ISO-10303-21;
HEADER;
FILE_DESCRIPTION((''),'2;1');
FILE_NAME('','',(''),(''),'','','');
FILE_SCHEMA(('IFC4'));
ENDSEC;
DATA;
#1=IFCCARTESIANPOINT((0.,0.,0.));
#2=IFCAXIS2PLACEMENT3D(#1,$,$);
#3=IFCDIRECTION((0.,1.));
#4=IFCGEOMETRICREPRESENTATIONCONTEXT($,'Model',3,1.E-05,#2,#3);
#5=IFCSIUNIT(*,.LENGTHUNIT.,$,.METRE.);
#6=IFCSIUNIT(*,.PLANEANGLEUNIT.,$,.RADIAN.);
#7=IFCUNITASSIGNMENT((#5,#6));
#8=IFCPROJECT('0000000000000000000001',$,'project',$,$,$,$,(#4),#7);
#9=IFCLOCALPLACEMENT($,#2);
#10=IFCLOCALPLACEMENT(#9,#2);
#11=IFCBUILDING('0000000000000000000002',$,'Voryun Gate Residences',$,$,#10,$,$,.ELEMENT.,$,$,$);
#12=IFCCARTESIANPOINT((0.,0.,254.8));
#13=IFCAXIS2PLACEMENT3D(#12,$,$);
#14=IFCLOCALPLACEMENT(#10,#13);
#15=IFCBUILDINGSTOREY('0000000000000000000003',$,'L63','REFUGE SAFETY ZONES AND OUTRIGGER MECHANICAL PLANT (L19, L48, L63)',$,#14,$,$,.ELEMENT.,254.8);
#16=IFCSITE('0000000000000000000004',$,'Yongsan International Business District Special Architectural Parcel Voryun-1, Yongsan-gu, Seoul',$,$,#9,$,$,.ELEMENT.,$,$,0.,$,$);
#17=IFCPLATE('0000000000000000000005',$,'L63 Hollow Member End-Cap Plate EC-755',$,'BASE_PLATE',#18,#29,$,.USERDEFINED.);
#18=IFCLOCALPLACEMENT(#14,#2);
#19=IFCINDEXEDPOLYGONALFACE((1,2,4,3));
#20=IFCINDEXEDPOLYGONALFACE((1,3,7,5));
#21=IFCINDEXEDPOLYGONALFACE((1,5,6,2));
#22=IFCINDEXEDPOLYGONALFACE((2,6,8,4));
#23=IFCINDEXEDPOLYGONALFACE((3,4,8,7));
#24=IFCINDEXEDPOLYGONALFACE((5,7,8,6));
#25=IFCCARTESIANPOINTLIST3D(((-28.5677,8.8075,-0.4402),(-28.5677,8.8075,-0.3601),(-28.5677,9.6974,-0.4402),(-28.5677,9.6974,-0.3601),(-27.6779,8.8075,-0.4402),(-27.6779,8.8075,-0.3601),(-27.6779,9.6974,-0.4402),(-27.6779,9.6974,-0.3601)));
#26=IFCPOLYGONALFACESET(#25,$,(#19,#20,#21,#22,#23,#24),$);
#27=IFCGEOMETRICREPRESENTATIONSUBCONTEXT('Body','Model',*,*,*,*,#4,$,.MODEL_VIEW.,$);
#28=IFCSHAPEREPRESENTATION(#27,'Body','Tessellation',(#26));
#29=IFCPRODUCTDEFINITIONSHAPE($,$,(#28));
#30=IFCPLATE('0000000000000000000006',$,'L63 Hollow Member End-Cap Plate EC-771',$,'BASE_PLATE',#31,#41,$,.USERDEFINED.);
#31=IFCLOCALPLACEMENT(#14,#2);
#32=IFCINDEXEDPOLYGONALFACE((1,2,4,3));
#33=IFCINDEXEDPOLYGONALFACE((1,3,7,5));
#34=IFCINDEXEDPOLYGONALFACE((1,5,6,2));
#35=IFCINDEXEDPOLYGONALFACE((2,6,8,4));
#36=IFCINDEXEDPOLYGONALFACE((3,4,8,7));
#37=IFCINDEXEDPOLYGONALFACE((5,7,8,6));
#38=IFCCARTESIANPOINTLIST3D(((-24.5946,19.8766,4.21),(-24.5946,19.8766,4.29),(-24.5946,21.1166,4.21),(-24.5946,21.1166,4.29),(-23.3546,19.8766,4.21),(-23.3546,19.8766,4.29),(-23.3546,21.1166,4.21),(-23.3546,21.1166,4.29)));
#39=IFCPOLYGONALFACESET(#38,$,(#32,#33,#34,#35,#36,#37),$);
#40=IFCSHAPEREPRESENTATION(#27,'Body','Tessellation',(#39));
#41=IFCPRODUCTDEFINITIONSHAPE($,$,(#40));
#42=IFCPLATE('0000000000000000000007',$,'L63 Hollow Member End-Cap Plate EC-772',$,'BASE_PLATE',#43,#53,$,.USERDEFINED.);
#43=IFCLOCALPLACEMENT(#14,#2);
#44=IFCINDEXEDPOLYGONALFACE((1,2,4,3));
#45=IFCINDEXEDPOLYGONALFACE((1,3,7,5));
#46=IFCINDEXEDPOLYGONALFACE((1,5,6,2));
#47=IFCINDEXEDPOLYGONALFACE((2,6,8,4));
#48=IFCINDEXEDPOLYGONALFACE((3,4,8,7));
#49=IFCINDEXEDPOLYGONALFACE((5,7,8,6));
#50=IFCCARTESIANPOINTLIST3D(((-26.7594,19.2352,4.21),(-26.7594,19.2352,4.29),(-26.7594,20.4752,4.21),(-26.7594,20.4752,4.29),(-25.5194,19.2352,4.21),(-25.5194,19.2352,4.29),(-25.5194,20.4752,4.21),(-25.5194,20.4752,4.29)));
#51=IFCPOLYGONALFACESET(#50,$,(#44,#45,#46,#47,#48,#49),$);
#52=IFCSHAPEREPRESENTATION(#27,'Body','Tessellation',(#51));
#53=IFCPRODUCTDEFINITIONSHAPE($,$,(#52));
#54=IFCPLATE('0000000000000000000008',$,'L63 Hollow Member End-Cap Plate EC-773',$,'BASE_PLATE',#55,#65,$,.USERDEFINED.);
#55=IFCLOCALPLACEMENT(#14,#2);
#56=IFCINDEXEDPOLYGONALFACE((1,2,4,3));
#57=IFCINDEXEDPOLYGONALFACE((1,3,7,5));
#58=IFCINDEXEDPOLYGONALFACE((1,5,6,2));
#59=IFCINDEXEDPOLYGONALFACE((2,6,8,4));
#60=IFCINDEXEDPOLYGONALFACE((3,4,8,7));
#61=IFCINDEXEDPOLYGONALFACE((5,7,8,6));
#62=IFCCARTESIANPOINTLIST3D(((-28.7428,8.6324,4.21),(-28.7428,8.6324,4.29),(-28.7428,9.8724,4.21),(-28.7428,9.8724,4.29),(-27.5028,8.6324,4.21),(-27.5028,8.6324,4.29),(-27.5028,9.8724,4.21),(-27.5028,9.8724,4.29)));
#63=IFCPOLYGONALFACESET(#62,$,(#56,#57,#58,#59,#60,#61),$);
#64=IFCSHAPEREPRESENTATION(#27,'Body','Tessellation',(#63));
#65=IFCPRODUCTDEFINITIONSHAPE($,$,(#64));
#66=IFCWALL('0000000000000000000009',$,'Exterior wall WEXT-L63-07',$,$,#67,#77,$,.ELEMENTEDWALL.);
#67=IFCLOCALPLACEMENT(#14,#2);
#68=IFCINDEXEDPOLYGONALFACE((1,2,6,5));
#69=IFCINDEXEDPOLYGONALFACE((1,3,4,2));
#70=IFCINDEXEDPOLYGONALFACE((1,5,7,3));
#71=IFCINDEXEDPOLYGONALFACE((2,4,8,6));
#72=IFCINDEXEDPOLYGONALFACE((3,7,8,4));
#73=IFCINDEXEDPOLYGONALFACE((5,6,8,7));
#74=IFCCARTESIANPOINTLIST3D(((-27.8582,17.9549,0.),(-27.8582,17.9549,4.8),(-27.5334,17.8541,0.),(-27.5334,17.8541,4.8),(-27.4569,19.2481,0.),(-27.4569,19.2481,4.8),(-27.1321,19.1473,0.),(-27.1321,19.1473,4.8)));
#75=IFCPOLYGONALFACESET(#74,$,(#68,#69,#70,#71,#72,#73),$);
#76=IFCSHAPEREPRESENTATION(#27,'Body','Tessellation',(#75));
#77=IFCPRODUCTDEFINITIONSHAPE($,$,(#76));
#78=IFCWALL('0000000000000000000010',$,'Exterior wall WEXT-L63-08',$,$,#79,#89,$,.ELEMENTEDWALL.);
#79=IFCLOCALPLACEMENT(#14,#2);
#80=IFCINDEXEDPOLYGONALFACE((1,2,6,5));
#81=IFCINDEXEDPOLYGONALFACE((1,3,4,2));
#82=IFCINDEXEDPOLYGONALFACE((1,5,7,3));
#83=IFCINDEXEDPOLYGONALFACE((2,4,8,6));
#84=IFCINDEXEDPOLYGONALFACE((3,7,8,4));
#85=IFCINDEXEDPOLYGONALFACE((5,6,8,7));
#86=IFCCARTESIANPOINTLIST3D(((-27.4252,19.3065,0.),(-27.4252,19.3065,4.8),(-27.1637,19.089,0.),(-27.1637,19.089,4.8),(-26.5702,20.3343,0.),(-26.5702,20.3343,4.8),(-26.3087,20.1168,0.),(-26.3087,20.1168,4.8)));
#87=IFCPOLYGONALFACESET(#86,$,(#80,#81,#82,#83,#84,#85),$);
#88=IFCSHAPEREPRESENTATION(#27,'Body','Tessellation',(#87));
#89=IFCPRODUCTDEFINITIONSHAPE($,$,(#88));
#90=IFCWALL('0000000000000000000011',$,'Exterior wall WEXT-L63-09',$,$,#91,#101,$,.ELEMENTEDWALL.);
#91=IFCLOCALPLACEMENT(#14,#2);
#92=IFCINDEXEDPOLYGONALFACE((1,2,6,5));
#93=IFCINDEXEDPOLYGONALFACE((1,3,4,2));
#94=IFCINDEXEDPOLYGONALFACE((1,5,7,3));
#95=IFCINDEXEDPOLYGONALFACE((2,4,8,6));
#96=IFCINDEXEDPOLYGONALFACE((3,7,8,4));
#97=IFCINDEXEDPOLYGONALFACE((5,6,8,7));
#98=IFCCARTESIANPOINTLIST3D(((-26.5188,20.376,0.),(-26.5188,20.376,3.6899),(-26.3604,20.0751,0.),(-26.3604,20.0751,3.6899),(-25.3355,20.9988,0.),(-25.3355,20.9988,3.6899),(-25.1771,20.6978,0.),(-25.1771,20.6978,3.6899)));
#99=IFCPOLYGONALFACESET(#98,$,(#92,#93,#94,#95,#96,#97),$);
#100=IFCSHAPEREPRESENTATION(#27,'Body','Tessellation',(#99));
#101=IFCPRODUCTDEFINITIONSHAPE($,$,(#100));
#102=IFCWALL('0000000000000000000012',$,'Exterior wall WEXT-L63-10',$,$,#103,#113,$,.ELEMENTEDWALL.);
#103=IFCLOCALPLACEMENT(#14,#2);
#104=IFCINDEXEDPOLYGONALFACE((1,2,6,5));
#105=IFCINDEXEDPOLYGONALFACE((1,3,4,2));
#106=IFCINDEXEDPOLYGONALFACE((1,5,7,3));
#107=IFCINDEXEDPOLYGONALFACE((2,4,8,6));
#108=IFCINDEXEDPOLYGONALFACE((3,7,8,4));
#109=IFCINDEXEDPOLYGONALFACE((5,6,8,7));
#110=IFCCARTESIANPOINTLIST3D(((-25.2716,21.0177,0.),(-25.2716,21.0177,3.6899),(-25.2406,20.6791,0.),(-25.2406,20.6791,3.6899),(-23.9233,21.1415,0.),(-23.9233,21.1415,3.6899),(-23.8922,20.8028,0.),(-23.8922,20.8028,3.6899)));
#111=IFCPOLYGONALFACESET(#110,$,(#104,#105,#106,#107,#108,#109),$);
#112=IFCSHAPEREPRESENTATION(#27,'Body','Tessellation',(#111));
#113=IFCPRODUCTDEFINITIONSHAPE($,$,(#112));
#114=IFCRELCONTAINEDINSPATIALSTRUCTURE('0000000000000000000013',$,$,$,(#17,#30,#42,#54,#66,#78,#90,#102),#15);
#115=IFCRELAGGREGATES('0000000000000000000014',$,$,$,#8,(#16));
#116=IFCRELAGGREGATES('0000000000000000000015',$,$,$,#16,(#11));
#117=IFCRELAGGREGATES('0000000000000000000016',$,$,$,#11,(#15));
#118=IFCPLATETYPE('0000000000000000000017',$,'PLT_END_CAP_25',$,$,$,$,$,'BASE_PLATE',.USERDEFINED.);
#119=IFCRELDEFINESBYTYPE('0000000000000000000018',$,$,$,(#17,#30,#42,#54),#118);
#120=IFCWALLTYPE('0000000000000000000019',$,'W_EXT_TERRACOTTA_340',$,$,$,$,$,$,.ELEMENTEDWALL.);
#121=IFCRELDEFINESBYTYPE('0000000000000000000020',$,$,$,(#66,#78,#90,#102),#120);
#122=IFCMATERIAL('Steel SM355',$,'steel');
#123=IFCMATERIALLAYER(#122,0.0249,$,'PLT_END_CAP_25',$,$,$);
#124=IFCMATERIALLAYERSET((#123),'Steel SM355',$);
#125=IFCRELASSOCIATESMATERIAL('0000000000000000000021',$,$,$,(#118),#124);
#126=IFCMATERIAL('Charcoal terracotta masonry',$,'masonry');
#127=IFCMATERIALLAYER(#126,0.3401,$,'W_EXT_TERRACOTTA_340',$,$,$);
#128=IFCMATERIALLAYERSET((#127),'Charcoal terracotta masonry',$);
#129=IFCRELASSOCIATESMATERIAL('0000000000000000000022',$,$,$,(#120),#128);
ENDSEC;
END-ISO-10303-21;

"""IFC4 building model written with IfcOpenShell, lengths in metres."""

from ifc_helpers import new_model, si_unit, direction, frame, frame_2d, origin, origin_2d, place, context, subcontext, project, spatial, rectangle, extrude, material, layer, layer_set, type_object, element, save


model = new_model("IFC4")

# Units and contexts
model_context = context("Model", 3, precision=1e-05, world=origin(), true_north=direction((0.0, 1.0)))
body_context = subcontext(model_context, "Body", "Model", "MODEL_VIEW")
ifc_project = project(units=[si_unit("LENGTHUNIT", "METRE"), si_unit("PLANEANGLEUNIT", "RADIAN")], contexts=[model_context])

# Site, building, storey
site_placement = place(None, origin())
site = spatial("IfcSite", under=ifc_project, at=site_placement, Name="Yongsan International Business District Special Architectural Parcel Voryun-1, Yongsan-gu, Seoul", CompositionType="ELEMENT", RefElevation=0.0)
building_placement = place(site_placement, origin())
building = spatial("IfcBuilding", under=site, at=building_placement, Name="Voryun Gate Residences", CompositionType="ELEMENT")
storey_placement = place(building_placement, frame((0.0, 0.0, 254.8)))
storey = spatial("IfcBuildingStorey", under=building, at=storey_placement, Name="L63", Description="REFUGE SAFETY ZONES AND OUTRIGGER MECHANICAL PLANT (L19, L48, L63)", CompositionType="ELEMENT", Elevation=254.8)

# Plates
ifc_material_1 = material(Name="Steel SM355", Category="steel")
ifc_layer_1 = layer(ifc_material_1, 0.0249, Name="PLT_END_CAP_25")
ifc_layer_set_1 = layer_set([ifc_layer_1], Name="Steel SM355")
plate_type = type_object("IfcPlateType", Name="PLT_END_CAP_25", ElementType="BASE_PLATE", PredefinedType="USERDEFINED", material=ifc_layer_set_1)
plate_1_placement = place(storey_placement, frame((-28.1228, 9.2524, -0.4402), z_axis=(0.0, 0.0, 1.0), x_axis=(1.0, 0.0, 0.0)))
element("IfcPlate", 1, at=plate_1_placement, inside=storey, type_object=plate_type, Name="L63 Hollow Member End-Cap Plate EC-755", ObjectType="BASE_PLATE", PredefinedType="USERDEFINED", context=body_context, shape_type="SweptSolid", body=[
    extrude(rectangle(XDim=0.8899, YDim=0.8899, at=origin_2d()), origin(), (0.0, 0.0, 1.0), 0.0801),
])
for number, where, z_axis, x_axis, name in (
    (2, (-23.9746, 20.4966, 4.21), (0.0, 0.0, 1.0), (1.0, 0.0, 0.0), "L63 Hollow Member End-Cap Plate EC-771"),
    (3, (-26.1394, 19.8552, 4.21), (0.0, 0.0, 1.0), (1.0, 0.0, 0.0), "L63 Hollow Member End-Cap Plate EC-772"),
    (4, (-28.1228, 9.2524, 4.21), (0.0, 0.0, 1.0), (1.0, 0.0, 0.0), "L63 Hollow Member End-Cap Plate EC-773"),
):
    element("IfcPlate", number, at=place(storey_placement, frame(where, z_axis=z_axis, x_axis=x_axis)), inside=storey, type_object=plate_type, Name=name, ObjectType="BASE_PLATE", PredefinedType="USERDEFINED", context=body_context, shape_type="SweptSolid", body=[
        extrude(rectangle(XDim=1.24, YDim=1.24, at=origin_2d()), origin(), (0.0, 0.0, 1.0), 0.0801),
    ])

# Walls
ifc_material_2 = material(Name="Charcoal terracotta masonry", Category="masonry")
ifc_layer_2 = layer(ifc_material_2, 0.3401, Name="W_EXT_TERRACOTTA_340")
ifc_layer_set_2 = layer_set([ifc_layer_2], Name="Charcoal terracotta masonry")
wall_type_1 = type_object("IfcWallType", Name="W_EXT_TERRACOTTA_340", PredefinedType="ELEMENTEDWALL", material=ifc_layer_set_2)
wall_1_placement = place(storey_placement, frame((-27.6958, 17.9045, 0.0), z_axis=(0.0, 0.0, 1.0), x_axis=(0.296416, 0.955059, 0.0)))
element("IfcWall", 5, at=wall_1_placement, inside=storey, type_object=wall_type_1, Name="Exterior wall WEXT-L63-07", PredefinedType="ELEMENTEDWALL", context=body_context, shape_type="SweptSolid", body=[
    extrude(rectangle(XDim=1.354, YDim=0.3401, at=frame_2d((0.677, 0.0))), origin(), (0.0, 0.0, 1.0), 4.8),
])
wall_2_placement = place(storey_placement, frame((-27.2944, 19.1978, 0.0), z_axis=(0.0, 0.0, 1.0), x_axis=(0.639502, 0.76879, 0.0)))
element("IfcWall", 6, at=wall_2_placement, inside=storey, type_object=wall_type_1, Name="Exterior wall WEXT-L63-08", PredefinedType="ELEMENTEDWALL", context=body_context, shape_type="SweptSolid", body=[
    extrude(rectangle(XDim=1.3369, YDim=0.3401, at=frame_2d((0.6685, 0.0))), origin(), (0.0, 0.0, 1.0), 4.8),
])
wall_3_placement = place(storey_placement, frame((-26.4395, 20.2256, 0.0), z_axis=(0.0, 0.0, 1.0), x_axis=(0.884922, 0.465739, 0.0)))
element("IfcWall", 7, at=wall_3_placement, inside=storey, type_object=wall_type_1, Name="Exterior wall WEXT-L63-09", PredefinedType="ELEMENTEDWALL", context=body_context, shape_type="SweptSolid", body=[
    extrude(rectangle(XDim=1.3372, YDim=0.3401, at=frame_2d((0.6685, 0.0))), origin(), (0.0, 0.0, 1.0), 3.6899),
])
wall_4_placement = place(storey_placement, frame((-25.2561, 20.8484, 0.0), z_axis=(0.0, 0.0, 1.0), x_axis=(0.995813, 0.091414, 0.0)))
element("IfcWall", 8, at=wall_4_placement, inside=storey, type_object=wall_type_1, Name="Exterior wall WEXT-L63-10", PredefinedType="ELEMENTEDWALL", context=body_context, shape_type="SweptSolid", body=[
    extrude(rectangle(XDim=1.354, YDim=0.3401, at=frame_2d((0.677, 0.0))), origin(), (0.0, 0.0, 1.0), 3.6899),
])

save(model, "model.ifc")
